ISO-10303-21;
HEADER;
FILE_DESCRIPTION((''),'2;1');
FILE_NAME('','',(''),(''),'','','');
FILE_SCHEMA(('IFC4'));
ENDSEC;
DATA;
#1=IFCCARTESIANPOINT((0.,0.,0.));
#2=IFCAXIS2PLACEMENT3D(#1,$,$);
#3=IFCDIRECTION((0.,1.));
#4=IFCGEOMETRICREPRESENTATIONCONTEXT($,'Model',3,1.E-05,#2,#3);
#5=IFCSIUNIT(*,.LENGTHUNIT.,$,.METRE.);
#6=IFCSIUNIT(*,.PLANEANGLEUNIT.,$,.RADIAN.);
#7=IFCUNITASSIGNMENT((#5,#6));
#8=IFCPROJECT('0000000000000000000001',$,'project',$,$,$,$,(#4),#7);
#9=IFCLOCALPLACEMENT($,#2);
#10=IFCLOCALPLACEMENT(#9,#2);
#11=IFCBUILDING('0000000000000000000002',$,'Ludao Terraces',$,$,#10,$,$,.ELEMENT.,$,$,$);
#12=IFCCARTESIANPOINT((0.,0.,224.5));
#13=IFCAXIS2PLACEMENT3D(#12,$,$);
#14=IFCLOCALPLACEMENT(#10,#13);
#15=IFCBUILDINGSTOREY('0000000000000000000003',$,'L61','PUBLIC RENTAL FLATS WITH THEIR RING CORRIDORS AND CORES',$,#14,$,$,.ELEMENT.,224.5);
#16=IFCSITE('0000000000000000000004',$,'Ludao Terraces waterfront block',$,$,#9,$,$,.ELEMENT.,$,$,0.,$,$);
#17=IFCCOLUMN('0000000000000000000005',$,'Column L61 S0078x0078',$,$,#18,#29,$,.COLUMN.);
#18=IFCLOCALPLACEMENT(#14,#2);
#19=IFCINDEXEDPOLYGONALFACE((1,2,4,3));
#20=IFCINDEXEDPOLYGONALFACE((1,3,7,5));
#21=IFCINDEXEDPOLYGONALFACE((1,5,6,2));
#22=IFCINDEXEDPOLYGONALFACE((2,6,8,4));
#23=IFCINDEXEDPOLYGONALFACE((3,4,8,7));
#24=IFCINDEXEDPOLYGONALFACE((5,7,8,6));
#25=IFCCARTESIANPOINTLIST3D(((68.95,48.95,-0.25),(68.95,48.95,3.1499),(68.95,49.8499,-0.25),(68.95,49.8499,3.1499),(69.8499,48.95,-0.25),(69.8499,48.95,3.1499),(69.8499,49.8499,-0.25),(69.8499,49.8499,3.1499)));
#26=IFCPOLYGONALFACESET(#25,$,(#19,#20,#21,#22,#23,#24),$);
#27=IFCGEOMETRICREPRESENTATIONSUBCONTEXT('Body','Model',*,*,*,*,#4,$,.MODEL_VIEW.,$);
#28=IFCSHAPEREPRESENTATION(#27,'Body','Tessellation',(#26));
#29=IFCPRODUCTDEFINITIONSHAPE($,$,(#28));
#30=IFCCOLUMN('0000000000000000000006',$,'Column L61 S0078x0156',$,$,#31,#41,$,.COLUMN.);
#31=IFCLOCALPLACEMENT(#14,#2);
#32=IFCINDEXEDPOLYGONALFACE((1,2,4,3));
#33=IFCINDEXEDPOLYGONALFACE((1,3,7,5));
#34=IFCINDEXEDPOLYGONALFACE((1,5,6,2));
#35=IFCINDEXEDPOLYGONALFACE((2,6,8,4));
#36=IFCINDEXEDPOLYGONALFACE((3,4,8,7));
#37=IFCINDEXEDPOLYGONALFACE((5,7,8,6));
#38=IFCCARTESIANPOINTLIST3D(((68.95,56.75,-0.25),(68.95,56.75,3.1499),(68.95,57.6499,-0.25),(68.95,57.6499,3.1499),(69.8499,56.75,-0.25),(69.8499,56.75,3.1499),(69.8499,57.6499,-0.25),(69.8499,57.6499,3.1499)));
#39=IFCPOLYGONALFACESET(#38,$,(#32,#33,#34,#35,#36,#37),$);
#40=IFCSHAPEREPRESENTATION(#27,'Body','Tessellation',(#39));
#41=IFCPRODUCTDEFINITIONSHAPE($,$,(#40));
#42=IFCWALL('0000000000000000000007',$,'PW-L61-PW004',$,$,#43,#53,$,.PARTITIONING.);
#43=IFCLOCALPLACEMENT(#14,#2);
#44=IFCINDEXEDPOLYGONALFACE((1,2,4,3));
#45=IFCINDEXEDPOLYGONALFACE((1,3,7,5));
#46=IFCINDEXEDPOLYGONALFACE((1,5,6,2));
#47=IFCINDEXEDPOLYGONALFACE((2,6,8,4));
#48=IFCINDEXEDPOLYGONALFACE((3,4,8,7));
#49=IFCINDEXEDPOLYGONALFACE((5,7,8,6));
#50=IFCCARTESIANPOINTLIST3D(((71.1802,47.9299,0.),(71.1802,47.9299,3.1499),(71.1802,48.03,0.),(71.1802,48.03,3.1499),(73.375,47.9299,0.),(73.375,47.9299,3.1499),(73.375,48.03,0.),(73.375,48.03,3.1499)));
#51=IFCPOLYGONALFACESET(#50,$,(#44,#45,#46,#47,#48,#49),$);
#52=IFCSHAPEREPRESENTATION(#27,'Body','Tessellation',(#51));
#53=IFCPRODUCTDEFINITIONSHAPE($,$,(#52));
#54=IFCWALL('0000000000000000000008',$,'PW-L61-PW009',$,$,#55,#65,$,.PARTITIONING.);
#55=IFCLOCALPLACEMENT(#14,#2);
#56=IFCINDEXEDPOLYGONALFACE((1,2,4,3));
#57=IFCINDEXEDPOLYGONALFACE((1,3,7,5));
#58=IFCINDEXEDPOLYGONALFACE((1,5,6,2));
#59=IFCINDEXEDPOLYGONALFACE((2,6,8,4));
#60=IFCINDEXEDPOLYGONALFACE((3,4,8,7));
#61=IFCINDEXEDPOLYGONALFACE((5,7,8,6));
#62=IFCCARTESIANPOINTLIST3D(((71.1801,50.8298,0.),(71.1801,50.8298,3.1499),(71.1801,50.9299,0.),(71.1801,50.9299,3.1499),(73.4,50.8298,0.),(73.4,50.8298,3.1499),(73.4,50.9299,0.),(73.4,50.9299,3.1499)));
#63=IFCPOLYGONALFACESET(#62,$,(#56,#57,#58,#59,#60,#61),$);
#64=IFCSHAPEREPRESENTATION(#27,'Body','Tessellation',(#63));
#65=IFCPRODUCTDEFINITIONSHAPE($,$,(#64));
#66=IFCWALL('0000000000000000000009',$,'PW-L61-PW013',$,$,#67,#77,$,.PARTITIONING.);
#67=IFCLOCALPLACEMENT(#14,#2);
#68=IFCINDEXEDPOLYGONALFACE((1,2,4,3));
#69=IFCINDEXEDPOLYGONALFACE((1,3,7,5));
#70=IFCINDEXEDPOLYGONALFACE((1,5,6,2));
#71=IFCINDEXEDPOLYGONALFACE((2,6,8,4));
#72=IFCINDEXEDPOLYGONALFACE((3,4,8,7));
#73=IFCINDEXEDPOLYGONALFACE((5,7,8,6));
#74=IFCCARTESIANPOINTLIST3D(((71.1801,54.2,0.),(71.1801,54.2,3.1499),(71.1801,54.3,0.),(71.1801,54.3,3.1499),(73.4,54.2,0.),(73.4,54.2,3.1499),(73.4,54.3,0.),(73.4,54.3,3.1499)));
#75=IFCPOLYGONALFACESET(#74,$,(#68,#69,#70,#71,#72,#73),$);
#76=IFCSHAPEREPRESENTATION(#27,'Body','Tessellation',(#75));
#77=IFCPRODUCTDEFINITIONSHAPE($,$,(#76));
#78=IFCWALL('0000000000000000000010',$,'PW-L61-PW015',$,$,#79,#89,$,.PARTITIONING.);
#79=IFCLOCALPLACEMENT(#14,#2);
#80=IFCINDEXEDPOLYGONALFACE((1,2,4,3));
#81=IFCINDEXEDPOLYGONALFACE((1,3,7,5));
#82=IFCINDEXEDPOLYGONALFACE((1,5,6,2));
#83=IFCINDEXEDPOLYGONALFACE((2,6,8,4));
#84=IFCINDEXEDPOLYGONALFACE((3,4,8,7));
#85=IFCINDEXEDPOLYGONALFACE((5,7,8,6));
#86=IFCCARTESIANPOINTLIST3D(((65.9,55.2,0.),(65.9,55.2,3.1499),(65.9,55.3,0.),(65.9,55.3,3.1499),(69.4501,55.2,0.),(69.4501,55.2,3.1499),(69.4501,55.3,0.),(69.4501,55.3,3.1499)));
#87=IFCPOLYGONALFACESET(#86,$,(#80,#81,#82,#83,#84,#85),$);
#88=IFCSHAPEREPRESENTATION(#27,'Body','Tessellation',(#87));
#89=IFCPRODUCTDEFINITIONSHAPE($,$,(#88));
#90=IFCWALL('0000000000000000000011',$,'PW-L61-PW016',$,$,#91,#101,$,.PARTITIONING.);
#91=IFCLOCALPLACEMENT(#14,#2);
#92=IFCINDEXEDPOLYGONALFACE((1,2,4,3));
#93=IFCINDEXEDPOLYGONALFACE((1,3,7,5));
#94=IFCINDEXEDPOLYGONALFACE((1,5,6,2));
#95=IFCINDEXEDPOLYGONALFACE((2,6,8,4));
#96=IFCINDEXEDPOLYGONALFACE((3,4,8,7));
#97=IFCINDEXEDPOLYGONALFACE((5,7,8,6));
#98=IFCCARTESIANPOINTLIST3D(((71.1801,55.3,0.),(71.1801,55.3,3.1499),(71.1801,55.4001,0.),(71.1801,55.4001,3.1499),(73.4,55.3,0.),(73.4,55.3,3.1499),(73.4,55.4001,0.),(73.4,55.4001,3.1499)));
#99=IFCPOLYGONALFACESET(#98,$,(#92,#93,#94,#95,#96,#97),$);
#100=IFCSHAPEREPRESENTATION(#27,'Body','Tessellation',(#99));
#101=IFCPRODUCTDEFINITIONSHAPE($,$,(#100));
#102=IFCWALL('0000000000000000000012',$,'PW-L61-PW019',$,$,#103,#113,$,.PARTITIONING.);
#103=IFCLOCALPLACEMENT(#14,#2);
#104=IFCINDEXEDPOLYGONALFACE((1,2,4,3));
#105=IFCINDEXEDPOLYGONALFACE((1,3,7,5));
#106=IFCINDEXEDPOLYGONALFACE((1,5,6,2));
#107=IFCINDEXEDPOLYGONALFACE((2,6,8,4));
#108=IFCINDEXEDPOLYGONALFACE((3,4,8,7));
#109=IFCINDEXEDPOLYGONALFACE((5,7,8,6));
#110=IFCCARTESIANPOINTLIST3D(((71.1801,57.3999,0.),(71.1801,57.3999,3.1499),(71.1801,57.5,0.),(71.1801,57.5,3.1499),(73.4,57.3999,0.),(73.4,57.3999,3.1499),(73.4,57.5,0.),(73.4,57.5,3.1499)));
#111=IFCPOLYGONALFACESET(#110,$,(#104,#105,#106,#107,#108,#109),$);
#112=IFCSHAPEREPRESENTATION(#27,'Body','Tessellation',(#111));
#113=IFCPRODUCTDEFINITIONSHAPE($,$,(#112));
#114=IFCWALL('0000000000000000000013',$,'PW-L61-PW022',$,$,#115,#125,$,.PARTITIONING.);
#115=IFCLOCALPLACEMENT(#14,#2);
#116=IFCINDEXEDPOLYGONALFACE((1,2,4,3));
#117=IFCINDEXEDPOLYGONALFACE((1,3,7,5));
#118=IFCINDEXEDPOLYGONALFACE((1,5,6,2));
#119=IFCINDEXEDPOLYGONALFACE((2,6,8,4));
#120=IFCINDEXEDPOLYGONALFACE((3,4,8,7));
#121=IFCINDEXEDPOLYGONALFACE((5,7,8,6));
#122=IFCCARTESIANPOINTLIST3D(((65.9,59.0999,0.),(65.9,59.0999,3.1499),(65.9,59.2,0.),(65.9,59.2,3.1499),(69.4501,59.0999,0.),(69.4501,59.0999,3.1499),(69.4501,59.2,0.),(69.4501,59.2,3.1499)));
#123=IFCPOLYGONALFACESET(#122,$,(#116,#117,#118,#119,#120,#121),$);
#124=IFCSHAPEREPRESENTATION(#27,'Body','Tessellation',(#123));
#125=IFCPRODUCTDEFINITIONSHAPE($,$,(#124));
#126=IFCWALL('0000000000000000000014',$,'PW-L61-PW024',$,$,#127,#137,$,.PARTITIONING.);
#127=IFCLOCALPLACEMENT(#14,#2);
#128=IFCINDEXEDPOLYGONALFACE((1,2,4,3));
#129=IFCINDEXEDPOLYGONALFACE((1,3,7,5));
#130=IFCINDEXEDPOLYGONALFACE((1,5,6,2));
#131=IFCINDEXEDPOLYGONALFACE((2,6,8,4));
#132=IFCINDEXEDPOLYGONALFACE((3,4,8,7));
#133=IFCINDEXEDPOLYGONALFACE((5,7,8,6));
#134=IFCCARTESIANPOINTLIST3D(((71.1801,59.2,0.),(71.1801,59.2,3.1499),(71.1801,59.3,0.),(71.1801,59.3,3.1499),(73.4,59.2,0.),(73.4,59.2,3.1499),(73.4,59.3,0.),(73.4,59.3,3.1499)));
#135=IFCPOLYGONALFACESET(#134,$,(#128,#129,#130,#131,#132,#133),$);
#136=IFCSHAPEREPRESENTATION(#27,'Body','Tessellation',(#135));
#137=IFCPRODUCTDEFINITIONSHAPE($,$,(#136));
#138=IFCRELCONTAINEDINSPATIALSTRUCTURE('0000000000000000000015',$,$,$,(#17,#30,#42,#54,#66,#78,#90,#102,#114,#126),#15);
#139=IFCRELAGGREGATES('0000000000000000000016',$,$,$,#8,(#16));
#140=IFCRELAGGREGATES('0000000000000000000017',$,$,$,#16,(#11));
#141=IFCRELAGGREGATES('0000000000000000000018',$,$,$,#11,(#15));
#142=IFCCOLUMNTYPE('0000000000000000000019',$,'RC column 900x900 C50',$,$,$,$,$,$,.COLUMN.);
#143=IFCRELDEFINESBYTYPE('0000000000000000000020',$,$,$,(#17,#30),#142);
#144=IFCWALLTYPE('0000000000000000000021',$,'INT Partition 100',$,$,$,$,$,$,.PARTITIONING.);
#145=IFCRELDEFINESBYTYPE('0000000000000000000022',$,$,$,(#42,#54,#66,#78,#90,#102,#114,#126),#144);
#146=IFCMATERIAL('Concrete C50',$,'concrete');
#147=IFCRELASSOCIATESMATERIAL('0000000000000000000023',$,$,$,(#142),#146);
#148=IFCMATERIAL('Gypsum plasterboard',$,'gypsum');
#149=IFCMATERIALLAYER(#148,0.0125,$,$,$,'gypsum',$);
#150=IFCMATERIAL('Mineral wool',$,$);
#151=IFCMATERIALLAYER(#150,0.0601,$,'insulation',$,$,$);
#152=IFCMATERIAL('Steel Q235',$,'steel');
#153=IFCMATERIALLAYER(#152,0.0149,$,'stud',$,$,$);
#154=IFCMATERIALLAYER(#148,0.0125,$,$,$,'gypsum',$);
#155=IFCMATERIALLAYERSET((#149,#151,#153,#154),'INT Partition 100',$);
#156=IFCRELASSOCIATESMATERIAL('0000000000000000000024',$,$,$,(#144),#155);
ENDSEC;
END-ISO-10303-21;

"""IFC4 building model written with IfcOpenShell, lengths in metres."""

from ifc_helpers import new_model, si_unit, direction, frame, frame_2d, origin, origin_2d, place, context, subcontext, project, spatial, rectangle, extrude, material, layer, layer_set, material_profile, profile_set, type_object, element, save


model = new_model("IFC4")

# Units and contexts
model_context = context("Model", 3, precision=1e-05, world=origin(), true_north=direction((0.0, 1.0)))
body_context = subcontext(model_context, "Body", "Model", "MODEL_VIEW")
ifc_project = project(units=[si_unit("LENGTHUNIT", "METRE"), si_unit("PLANEANGLEUNIT", "RADIAN")], contexts=[model_context])

# Site, building, storey
site_placement = place(None, origin())
site = spatial("IfcSite", under=ifc_project, at=site_placement, Name="Ludao Terraces waterfront block", CompositionType="ELEMENT", RefElevation=0.0)
building_placement = place(site_placement, origin())
building = spatial("IfcBuilding", under=site, at=building_placement, Name="Ludao Terraces", CompositionType="ELEMENT")
storey_placement = place(building_placement, frame((0.0, 0.0, 224.5)))
storey = spatial("IfcBuildingStorey", under=building, at=storey_placement, Name="L61", Description="PUBLIC RENTAL FLATS WITH THEIR RING CORRIDORS AND CORES", CompositionType="ELEMENT", Elevation=224.5)

# Columns
ifc_material_1 = material(Name="Concrete C50", Category="concrete")
ifc_material_profile = material_profile(ifc_material_1, rectangle(XDim=0.8999, YDim=0.8999, at=origin_2d()), Name="900 X 900")
ifc_profile_set = profile_set([ifc_material_profile], Name="Concrete C50")
column_type = type_object("IfcColumnType", Name="RC column 900x900 C50", PredefinedType="COLUMN", material=ifc_profile_set)
for number, where, z_axis, x_axis, name in (
    (1, (69.3999, 49.3999, -0.25), (0.0, 0.0, 1.0), (1.0, 0.0, 0.0), "Column L61 S0078x0078"),
    (2, (69.3999, 57.2, -0.25), (0.0, 0.0, 1.0), (1.0, 0.0, 0.0), "Column L61 S0078x0156"),
):
    element("IfcColumn", number, at=place(storey_placement, frame(where, z_axis=z_axis, x_axis=x_axis)), inside=storey, type_object=column_type, Name=name, PredefinedType="COLUMN", context=body_context, shape_type="SweptSolid", body=[
        extrude(rectangle(XDim=0.8999, YDim=0.8999, at=origin_2d()), origin(), (0.0, 0.0, 1.0), 3.3999),
    ])

# Walls
ifc_material_2 = material(Name="Gypsum plasterboard", Category="gypsum")
ifc_layer_1 = layer(ifc_material_2, 0.0125, Category="gypsum")
ifc_material_3 = material(Name="Mineral wool")
ifc_layer_2 = layer(ifc_material_3, 0.0601, Name="insulation")
ifc_material_4 = material(Name="Steel Q235", Category="steel")
ifc_layer_3 = layer(ifc_material_4, 0.0149, Name="stud")
ifc_layer_4 = layer(ifc_material_2, 0.0125, Category="gypsum")
ifc_layer_set = layer_set([ifc_layer_1, ifc_layer_2, ifc_layer_3, ifc_layer_4], Name="INT Partition 100")
wall_type = type_object("IfcWallType", Name="INT Partition 100", PredefinedType="PARTITIONING", material=ifc_layer_set)
wall_1_placement = place(storey_placement, frame((71.1802, 47.98, 0.0), z_axis=(0.0, 0.0, 1.0), x_axis=(1.0, 0.0, 0.0)))
element("IfcWall", 3, at=wall_1_placement, inside=storey, type_object=wall_type, Name="PW-L61-PW004", PredefinedType="PARTITIONING", context=body_context, shape_type="SweptSolid", body=[
    extrude(rectangle(XDim=2.1948, YDim=0.1001, at=frame_2d((1.0974, 0.0))), origin(), (0.0, 0.0, 1.0), 3.1499),
])
for number, where, z_axis, x_axis, name in (
    (4, (71.1802, 50.8799, 0.0), (0.0, 0.0, 1.0), (1.0, 0.0, 0.0), "PW-L61-PW009"),
    (5, (71.1802, 54.25, 0.0), (0.0, 0.0, 1.0), (1.0, 0.0, 0.0), "PW-L61-PW013"),
):
    element("IfcWall", number, at=place(storey_placement, frame(where, z_axis=z_axis, x_axis=x_axis)), inside=storey, type_object=wall_type, Name=name, PredefinedType="PARTITIONING", context=body_context, shape_type="SweptSolid", body=[
        extrude(rectangle(XDim=2.22, YDim=0.1001, at=frame_2d((1.1099, 0.0))), origin(), (0.0, 0.0, 1.0), 3.1499),
    ])
wall_2_placement = place(storey_placement, frame((65.9001, 55.25, 0.0), z_axis=(0.0, 0.0, 1.0), x_axis=(1.0, 0.0, 0.0)))
element("IfcWall", 6, at=wall_2_placement, inside=storey, type_object=wall_type, Name="PW-L61-PW015", PredefinedType="PARTITIONING", context=body_context, shape_type="SweptSolid", body=[
    extrude(rectangle(XDim=3.55, YDim=0.1001, at=frame_2d((1.7749, 0.0))), origin(), (0.0, 0.0, 1.0), 3.1499),
])
for number, where, z_axis, x_axis, name in (
    (7, (71.1802, 55.3501, 0.0), (0.0, 0.0, 1.0), (1.0, 0.0, 0.0), "PW-L61-PW016"),
    (8, (71.1802, 57.45, 0.0), (0.0, 0.0, 1.0), (1.0, 0.0, 0.0), "PW-L61-PW019"),
):
    element("IfcWall", number, at=place(storey_placement, frame(where, z_axis=z_axis, x_axis=x_axis)), inside=storey, type_object=wall_type, Name=name, PredefinedType="PARTITIONING", context=body_context, shape_type="SweptSolid", body=[
        extrude(rectangle(XDim=2.22, YDim=0.1001, at=frame_2d((1.1099, 0.0))), origin(), (0.0, 0.0, 1.0), 3.1499),
    ])
wall_3_placement = place(storey_placement, frame((65.9001, 59.1499, 0.0), z_axis=(0.0, 0.0, 1.0), x_axis=(1.0, 0.0, 0.0)))
element("IfcWall", 9, at=wall_3_placement, inside=storey, type_object=wall_type, Name="PW-L61-PW022", PredefinedType="PARTITIONING", context=body_context, shape_type="SweptSolid", body=[
    extrude(rectangle(XDim=3.55, YDim=0.1001, at=frame_2d((1.7749, 0.0))), origin(), (0.0, 0.0, 1.0), 3.1499),
])
wall_4_placement = place(storey_placement, frame((71.1802, 59.25, 0.0), z_axis=(0.0, 0.0, 1.0), x_axis=(1.0, 0.0, 0.0)))
element("IfcWall", 10, at=wall_4_placement, inside=storey, type_object=wall_type, Name="PW-L61-PW024", PredefinedType="PARTITIONING", context=body_context, shape_type="SweptSolid", body=[
    extrude(rectangle(XDim=2.22, YDim=0.1001, at=frame_2d((1.1099, 0.0))), origin(), (0.0, 0.0, 1.0), 3.1499),
])

save(model, "model.ifc")
